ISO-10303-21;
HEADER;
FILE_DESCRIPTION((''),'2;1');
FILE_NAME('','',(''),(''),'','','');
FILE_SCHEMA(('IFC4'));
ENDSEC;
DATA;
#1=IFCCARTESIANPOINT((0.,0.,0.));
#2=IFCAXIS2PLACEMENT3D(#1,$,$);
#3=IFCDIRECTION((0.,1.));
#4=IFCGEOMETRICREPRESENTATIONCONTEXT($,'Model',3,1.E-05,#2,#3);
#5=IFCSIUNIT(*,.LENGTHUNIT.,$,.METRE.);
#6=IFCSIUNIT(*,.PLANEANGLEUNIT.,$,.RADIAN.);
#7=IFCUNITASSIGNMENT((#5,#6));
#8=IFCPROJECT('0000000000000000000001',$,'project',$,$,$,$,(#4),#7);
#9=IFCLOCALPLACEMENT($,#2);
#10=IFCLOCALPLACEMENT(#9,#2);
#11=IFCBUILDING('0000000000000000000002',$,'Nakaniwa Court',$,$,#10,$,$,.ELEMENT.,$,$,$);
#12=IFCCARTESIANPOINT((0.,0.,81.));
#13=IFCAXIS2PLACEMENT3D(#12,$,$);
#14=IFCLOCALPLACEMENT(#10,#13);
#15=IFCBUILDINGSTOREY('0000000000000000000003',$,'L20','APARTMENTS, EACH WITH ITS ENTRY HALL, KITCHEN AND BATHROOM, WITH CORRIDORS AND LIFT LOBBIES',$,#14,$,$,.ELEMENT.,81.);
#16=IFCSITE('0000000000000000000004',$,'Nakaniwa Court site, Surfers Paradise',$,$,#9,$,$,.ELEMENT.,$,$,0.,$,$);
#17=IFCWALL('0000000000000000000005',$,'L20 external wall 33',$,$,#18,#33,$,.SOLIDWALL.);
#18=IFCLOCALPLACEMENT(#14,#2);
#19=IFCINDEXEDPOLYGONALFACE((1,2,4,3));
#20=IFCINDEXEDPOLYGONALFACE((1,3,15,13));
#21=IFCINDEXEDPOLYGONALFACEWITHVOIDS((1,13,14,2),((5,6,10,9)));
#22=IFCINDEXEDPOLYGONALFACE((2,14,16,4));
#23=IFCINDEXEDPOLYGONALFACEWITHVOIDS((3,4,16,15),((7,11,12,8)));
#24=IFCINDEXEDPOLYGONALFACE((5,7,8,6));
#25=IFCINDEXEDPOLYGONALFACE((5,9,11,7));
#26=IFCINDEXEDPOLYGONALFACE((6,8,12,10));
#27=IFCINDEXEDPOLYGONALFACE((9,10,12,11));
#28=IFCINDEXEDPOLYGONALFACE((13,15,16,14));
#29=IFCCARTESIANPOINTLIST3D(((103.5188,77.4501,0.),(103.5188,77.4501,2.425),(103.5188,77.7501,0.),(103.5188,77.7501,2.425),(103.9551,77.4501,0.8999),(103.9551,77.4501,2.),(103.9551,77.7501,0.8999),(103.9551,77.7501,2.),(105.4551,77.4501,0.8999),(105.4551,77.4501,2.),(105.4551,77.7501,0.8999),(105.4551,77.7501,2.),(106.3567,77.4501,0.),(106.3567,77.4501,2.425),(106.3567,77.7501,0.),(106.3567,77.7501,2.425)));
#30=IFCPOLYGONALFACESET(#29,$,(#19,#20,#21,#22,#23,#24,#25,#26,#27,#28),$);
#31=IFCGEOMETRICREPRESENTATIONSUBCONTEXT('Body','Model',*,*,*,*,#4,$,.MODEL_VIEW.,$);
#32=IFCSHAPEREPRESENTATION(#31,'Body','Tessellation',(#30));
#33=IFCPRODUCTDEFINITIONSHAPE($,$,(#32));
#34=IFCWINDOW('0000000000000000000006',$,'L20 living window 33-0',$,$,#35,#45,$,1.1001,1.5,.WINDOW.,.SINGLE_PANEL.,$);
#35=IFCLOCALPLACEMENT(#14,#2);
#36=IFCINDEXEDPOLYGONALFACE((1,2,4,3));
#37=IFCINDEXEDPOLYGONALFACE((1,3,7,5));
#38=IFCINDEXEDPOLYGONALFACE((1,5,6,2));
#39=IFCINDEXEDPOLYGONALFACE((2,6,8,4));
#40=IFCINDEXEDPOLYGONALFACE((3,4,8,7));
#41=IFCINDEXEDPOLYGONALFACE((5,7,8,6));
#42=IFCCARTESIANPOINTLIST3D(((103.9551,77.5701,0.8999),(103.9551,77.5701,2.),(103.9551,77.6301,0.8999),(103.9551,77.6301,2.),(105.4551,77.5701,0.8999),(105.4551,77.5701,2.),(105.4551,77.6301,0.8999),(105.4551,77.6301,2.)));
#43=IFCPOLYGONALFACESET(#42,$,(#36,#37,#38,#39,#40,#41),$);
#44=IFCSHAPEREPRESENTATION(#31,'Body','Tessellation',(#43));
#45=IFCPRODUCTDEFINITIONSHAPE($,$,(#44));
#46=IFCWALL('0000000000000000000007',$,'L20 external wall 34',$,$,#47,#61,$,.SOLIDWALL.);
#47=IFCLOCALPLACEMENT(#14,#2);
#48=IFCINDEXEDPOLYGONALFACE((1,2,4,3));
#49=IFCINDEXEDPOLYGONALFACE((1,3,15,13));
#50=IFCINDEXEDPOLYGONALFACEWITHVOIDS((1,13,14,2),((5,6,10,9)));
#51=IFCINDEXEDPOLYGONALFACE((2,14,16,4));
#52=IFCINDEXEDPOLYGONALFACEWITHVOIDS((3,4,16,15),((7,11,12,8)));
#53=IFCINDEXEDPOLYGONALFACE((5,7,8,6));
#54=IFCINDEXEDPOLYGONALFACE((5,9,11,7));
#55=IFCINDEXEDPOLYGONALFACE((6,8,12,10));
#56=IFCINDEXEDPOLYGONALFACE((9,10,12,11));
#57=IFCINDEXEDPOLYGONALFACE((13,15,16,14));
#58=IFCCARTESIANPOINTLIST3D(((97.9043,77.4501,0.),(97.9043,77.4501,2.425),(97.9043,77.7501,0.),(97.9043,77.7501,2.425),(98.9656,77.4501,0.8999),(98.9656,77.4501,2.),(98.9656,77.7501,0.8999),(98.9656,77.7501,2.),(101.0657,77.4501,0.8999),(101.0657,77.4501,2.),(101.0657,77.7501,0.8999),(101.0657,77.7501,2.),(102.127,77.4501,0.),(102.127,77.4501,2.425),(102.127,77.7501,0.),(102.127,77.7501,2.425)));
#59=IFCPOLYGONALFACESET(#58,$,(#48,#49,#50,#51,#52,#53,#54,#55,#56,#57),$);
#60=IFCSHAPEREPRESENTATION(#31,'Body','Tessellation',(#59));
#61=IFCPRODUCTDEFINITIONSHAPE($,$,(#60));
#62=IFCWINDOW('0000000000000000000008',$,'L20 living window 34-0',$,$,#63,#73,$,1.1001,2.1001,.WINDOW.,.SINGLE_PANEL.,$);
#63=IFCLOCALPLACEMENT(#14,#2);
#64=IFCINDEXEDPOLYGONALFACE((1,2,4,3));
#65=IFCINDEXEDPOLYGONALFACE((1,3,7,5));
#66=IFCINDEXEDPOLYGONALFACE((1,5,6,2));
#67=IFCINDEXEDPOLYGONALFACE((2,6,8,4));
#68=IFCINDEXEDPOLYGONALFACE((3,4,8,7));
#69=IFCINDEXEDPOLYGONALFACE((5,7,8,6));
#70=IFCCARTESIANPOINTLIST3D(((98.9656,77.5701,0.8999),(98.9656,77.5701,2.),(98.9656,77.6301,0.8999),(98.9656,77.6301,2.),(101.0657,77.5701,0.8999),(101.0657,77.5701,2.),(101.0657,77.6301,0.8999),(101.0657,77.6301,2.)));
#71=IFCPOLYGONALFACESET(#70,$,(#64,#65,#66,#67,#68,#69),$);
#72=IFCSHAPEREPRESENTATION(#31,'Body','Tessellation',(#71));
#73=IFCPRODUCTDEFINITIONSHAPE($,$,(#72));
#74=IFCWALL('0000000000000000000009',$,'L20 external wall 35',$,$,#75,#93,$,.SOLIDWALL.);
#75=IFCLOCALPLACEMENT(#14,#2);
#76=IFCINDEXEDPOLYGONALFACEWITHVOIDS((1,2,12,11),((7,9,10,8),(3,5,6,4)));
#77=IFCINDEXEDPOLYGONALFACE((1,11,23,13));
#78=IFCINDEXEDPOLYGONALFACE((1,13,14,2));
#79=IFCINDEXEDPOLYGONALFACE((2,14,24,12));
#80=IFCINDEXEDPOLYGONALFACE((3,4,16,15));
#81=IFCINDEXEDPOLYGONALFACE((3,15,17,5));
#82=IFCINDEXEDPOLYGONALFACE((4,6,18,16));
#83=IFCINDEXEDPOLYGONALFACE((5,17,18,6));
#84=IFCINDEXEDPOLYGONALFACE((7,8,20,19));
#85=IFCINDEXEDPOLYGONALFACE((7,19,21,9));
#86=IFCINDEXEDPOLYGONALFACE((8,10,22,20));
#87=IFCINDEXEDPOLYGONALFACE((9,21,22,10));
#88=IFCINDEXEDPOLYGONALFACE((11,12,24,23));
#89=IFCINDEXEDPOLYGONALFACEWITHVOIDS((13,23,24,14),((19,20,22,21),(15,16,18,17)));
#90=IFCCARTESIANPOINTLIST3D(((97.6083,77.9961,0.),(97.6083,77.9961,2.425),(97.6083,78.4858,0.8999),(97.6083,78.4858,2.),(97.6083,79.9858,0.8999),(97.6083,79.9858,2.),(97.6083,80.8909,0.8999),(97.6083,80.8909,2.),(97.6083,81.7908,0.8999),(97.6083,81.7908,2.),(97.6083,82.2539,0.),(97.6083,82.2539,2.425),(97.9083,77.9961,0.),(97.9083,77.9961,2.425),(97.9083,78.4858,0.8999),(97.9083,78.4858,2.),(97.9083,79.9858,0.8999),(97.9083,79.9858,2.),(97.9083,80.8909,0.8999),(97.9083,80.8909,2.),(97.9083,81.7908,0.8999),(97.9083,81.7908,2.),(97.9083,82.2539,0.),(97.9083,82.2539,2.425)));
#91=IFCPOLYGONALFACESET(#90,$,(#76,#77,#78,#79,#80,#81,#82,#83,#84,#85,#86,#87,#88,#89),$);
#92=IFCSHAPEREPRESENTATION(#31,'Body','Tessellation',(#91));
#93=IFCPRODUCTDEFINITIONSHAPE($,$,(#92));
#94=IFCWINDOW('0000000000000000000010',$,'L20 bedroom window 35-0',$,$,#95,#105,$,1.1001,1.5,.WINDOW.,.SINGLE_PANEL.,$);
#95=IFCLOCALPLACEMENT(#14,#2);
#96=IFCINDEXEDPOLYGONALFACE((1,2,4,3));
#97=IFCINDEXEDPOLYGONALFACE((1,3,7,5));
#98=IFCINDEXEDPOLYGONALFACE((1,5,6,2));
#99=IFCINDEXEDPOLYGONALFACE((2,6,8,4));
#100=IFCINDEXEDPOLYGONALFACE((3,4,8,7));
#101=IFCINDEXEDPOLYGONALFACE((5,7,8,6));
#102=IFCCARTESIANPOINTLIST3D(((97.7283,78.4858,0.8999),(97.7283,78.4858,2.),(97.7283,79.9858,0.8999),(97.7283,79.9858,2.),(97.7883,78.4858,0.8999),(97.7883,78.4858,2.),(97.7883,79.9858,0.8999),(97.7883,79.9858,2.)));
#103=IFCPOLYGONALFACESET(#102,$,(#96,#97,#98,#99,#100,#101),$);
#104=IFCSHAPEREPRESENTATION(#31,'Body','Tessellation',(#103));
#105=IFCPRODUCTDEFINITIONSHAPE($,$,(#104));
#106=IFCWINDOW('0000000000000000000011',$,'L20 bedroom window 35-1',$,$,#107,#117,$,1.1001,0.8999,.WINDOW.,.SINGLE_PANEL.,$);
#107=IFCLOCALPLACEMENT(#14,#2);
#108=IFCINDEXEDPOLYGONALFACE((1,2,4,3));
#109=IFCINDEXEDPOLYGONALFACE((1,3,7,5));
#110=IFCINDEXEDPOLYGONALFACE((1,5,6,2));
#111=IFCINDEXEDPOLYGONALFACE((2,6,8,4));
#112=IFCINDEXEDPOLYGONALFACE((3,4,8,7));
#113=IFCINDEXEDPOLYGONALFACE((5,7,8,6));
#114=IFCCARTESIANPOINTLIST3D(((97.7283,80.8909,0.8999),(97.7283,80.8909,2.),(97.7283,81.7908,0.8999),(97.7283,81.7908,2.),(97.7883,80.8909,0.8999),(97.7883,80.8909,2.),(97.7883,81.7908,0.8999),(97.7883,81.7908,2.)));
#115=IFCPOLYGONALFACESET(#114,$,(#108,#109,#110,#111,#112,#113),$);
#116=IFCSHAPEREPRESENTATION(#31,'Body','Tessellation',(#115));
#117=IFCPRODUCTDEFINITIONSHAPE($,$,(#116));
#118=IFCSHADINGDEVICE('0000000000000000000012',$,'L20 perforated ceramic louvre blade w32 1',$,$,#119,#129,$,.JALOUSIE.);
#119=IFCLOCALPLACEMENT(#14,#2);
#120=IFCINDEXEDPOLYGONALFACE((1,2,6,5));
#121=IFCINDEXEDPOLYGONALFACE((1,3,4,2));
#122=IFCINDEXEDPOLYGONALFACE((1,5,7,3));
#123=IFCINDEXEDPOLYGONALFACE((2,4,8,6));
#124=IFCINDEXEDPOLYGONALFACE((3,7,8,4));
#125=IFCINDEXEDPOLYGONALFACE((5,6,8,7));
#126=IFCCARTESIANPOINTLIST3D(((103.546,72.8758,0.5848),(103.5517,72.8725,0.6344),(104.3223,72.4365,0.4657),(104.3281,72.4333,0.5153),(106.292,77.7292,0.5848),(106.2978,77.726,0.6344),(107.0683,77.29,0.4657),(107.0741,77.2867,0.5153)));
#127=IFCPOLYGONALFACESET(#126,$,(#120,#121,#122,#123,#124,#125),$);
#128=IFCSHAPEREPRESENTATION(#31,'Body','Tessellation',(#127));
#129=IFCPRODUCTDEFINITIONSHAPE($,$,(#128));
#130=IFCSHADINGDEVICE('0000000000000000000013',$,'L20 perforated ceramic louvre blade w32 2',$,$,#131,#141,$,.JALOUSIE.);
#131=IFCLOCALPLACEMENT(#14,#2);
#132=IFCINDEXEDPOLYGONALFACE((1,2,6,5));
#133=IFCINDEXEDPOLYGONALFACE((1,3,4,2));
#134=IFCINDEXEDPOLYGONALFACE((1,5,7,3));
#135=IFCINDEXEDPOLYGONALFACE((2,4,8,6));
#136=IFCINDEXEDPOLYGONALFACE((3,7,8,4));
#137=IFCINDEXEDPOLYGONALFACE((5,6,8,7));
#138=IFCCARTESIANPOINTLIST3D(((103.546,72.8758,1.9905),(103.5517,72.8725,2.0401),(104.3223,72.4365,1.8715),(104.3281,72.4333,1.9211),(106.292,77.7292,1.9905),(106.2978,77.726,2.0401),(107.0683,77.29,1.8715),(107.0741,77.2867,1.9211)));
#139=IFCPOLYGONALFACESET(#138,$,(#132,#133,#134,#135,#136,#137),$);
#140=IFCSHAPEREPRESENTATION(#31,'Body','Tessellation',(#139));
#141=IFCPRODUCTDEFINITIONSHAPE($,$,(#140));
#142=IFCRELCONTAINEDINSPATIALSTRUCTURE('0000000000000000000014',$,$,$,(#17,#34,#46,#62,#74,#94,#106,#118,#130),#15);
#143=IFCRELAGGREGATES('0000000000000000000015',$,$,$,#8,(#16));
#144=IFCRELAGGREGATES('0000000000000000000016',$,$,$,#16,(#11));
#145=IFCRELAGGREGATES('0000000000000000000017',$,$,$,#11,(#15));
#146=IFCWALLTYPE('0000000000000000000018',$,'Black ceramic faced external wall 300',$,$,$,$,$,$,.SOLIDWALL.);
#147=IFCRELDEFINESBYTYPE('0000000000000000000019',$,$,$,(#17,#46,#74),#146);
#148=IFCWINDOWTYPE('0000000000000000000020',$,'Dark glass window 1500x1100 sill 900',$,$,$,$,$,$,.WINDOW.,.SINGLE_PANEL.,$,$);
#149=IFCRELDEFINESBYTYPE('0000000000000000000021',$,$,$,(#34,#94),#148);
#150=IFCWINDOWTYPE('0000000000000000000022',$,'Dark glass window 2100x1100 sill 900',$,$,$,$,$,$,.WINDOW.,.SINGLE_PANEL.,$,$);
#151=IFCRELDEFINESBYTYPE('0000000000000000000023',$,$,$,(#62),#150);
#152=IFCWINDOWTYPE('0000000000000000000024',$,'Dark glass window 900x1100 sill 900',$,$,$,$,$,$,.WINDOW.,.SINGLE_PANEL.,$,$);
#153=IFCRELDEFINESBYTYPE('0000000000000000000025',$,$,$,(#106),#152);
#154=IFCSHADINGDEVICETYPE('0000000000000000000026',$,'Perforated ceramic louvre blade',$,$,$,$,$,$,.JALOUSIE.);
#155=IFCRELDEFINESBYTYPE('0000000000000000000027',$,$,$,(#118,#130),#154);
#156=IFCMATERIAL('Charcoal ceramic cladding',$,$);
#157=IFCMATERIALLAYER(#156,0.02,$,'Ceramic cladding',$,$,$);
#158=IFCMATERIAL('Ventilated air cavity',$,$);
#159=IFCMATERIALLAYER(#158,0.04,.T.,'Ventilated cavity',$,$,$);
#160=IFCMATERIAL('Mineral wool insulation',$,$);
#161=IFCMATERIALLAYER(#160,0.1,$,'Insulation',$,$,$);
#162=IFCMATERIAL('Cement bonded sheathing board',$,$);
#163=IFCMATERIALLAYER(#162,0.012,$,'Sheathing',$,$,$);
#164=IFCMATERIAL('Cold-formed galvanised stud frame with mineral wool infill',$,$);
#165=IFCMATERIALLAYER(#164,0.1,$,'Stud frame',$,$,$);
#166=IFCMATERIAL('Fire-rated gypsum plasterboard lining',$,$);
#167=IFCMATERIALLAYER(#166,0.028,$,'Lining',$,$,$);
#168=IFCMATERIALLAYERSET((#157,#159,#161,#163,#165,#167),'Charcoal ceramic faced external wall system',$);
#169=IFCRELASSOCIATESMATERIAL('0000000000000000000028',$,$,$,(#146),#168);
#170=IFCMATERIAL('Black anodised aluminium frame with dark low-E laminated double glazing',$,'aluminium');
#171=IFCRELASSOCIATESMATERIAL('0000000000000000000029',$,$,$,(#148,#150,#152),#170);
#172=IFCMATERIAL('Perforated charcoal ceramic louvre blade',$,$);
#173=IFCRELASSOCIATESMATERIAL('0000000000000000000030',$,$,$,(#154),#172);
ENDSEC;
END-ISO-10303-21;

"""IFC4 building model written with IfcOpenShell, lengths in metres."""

from ifc_helpers import new_model, si_unit, direction, frame, frame_2d, origin, origin_2d, place, context, subcontext, project, spatial, rectangle, extrude, material, layer, layer_set, material_profile, profile_set, type_object, element, fill, save


model = new_model("IFC4")

# Units and contexts
model_context = context("Model", 3, precision=1e-05, world=origin(), true_north=direction((0.0, 1.0)))
body_context = subcontext(model_context, "Body", "Model", "MODEL_VIEW")
ifc_project = project(units=[si_unit("LENGTHUNIT", "METRE"), si_unit("PLANEANGLEUNIT", "RADIAN")], contexts=[model_context])

# Site, building, storey
site_placement = place(None, origin())
site = spatial("IfcSite", under=ifc_project, at=site_placement, Name="Nakaniwa Court site, Surfers Paradise", CompositionType="ELEMENT", RefElevation=0.0)
building_placement = place(site_placement, origin())
building = spatial("IfcBuilding", under=site, at=building_placement, Name="Nakaniwa Court", CompositionType="ELEMENT")
storey_placement = place(building_placement, frame((0.0, 0.0, 81.0)))
storey = spatial("IfcBuildingStorey", under=building, at=storey_placement, Name="L20", Description="APARTMENTS, EACH WITH ITS ENTRY HALL, KITCHEN AND BATHROOM, WITH CORRIDORS AND LIFT LOBBIES", CompositionType="ELEMENT", Elevation=81.0)

# Shared definitions
ifc_material_1 = material(Name="Charcoal ceramic cladding")
ifc_layer_1 = layer(ifc_material_1, 0.02, Name="Ceramic cladding")
ifc_material_2 = material(Name="Ventilated air cavity")
ifc_layer_2 = layer(ifc_material_2, 0.04, ventilated=True, Name="Ventilated cavity")
ifc_material_3 = material(Name="Mineral wool insulation")
ifc_layer_3 = layer(ifc_material_3, 0.1, Name="Insulation")
ifc_material_4 = material(Name="Cement bonded sheathing board")
ifc_layer_4 = layer(ifc_material_4, 0.012, Name="Sheathing")
ifc_material_5 = material(Name="Cold-formed galvanised stud frame with mineral wool infill")
ifc_layer_5 = layer(ifc_material_5, 0.1, Name="Stud frame")
ifc_material_6 = material(Name="Fire-rated gypsum plasterboard lining")
ifc_layer_6 = layer(ifc_material_6, 0.028, Name="Lining")
ifc_layer_set = layer_set([ifc_layer_1, ifc_layer_2, ifc_layer_3, ifc_layer_4, ifc_layer_5, ifc_layer_6], Name="Charcoal ceramic faced external wall system")
wall_type = type_object("IfcWallType", Name="Black ceramic faced external wall 300", PredefinedType="SOLIDWALL", material=ifc_layer_set)
ifc_material_7 = material(Name="Black anodised aluminium frame with dark low-E laminated double glazing", Category="aluminium")
window_type_1 = type_object("IfcWindowType", Name="Dark glass window 1500x1100 sill 900", PartitioningType="SINGLE_PANEL", PredefinedType="WINDOW", material=ifc_material_7)

# Walls, openings, windows
window_type_2 = type_object("IfcWindowType", Name="Dark glass window 2100x1100 sill 900", PartitioningType="SINGLE_PANEL", PredefinedType="WINDOW", material=ifc_material_7)
wall_1_placement = place(storey_placement, frame((106.3567, 77.6001, 0.0), z_axis=(0.0, 0.0, 1.0), x_axis=(-1.0, 0.0, 0.0)))
wall_1 = element("IfcWall", 1, at=wall_1_placement, inside=storey, type_object=wall_type, Name="L20 external wall 33", PredefinedType="SOLIDWALL", context=body_context, shape_type="SweptSolid", body=[
    extrude(rectangle(XDim=2.8379, YDim=0.3, at=frame_2d((1.4189, 0.0))), origin(), (0.0, 0.0, 1.0), 2.425),
])
opening_1_placement = place(wall_1_placement, frame((0.9016, 0.0, 0.8999)))
opening_1 = element("IfcOpeningElement", 2, at=opening_1_placement, cuts=wall_1, PredefinedType="OPENING", context=body_context, shape_type="SweptSolid", body=[
    extrude(rectangle(XDim=1.5, YDim=1.1001, at=frame_2d((0.75, 0.55))), frame((0.0, 0.1599, 0.0), z_axis=(0.0, -1.0, 0.0), x_axis=(1.0, 0.0, 0.0)), (0.0, 0.0, 1.0), 0.3201),
])
window_1_placement = place(opening_1_placement, origin())
window_1 = element("IfcWindow", 3, at=window_1_placement, inside=storey, type_object=window_type_1, Name="L20 living window 33-0", OverallHeight=1.1001, OverallWidth=1.5, PartitioningType="SINGLE_PANEL", PredefinedType="WINDOW", context=body_context, shape_type="SweptSolid", body=[
    extrude(rectangle(XDim=1.5, YDim=1.1001, at=frame_2d((0.75, 0.55))), frame((0.0, 0.03, 0.0), z_axis=(0.0, -1.0, 0.0), x_axis=(1.0, 0.0, 0.0)), (0.0, 0.0, 1.0), 0.0601),
])
fill(opening_1, window_1)
wall_2_placement = place(storey_placement, frame((102.127, 77.6001, 0.0), z_axis=(0.0, 0.0, 1.0), x_axis=(-1.0, 0.0, 0.0)))
wall_2 = element("IfcWall", 4, at=wall_2_placement, inside=storey, type_object=wall_type, Name="L20 external wall 34", PredefinedType="SOLIDWALL", context=body_context, shape_type="SweptSolid", body=[
    extrude(rectangle(XDim=4.2227, YDim=0.3, at=frame_2d((2.1113, 0.0))), origin(), (0.0, 0.0, 1.0), 2.425),
])
opening_2_placement = place(wall_2_placement, frame((1.0613, 0.0, 0.8999)))
opening_2 = element("IfcOpeningElement", 5, at=opening_2_placement, cuts=wall_2, PredefinedType="OPENING", context=body_context, shape_type="SweptSolid", body=[
    extrude(rectangle(XDim=2.1001, YDim=1.1001, at=frame_2d((1.05, 0.55))), frame((0.0, 0.1599, 0.0), z_axis=(0.0, -1.0, 0.0), x_axis=(1.0, 0.0, 0.0)), (0.0, 0.0, 1.0), 0.3201),
])
window_2_placement = place(opening_2_placement, origin())
window_2 = element("IfcWindow", 6, at=window_2_placement, inside=storey, type_object=window_type_2, Name="L20 living window 34-0", OverallHeight=1.1001, OverallWidth=2.1001, PartitioningType="SINGLE_PANEL", PredefinedType="WINDOW", context=body_context, shape_type="SweptSolid", body=[
    extrude(rectangle(XDim=2.1001, YDim=1.1001, at=frame_2d((1.05, 0.55))), frame((0.0, 0.03, 0.0), z_axis=(0.0, -1.0, 0.0), x_axis=(1.0, 0.0, 0.0)), (0.0, 0.0, 1.0), 0.0601),
])
fill(opening_2, window_2)

# Wall, openings, windows
wall_3_placement = place(storey_placement, frame((97.7583, 77.9961, 0.0), z_axis=(0.0, 0.0, 1.0), x_axis=(0.0, 1.0, 0.0)))
wall_3 = element("IfcWall", 7, at=wall_3_placement, inside=storey, type_object=wall_type, Name="L20 external wall 35", PredefinedType="SOLIDWALL", context=body_context, shape_type="SweptSolid", body=[
    extrude(rectangle(XDim=4.2578, YDim=0.3, at=frame_2d((2.1289, 0.0))), origin(), (0.0, 0.0, 1.0), 2.425),
])
opening_3_placement = place(wall_3_placement, frame((0.4897, 0.0, 0.8999)))
opening_3 = element("IfcOpeningElement", 8, at=opening_3_placement, cuts=wall_3, PredefinedType="OPENING", context=body_context, shape_type="SweptSolid", body=[
    extrude(rectangle(XDim=1.5, YDim=1.1001, at=frame_2d((0.75, 0.55))), frame((0.0, 0.1599, 0.0), z_axis=(0.0, -1.0, 0.0), x_axis=(1.0, 0.0, 0.0)), (0.0, 0.0, 1.0), 0.3201),
])
opening_4_placement = place(wall_3_placement, frame((2.8948, 0.0, 0.8999)))
opening_4 = element("IfcOpeningElement", 9, at=opening_4_placement, cuts=wall_3, PredefinedType="OPENING", context=body_context, shape_type="SweptSolid", body=[
    extrude(rectangle(XDim=0.8999, YDim=1.1001, at=frame_2d((0.45, 0.55))), frame((0.0, 0.1599, 0.0), z_axis=(0.0, -1.0, 0.0), x_axis=(1.0, 0.0, 0.0)), (0.0, 0.0, 1.0), 0.3201),
])
window_3_placement = place(opening_3_placement, origin())
window_3 = element("IfcWindow", 10, at=window_3_placement, inside=storey, type_object=window_type_1, Name="L20 bedroom window 35-0", OverallHeight=1.1001, OverallWidth=1.5, PartitioningType="SINGLE_PANEL", PredefinedType="WINDOW", context=body_context, shape_type="SweptSolid", body=[
    extrude(rectangle(XDim=1.5, YDim=1.1001, at=frame_2d((0.75, 0.55))), frame((0.0, 0.03, 0.0), z_axis=(0.0, -1.0, 0.0), x_axis=(1.0, 0.0, 0.0)), (0.0, 0.0, 1.0), 0.0601),
])
fill(opening_3, window_3)
window_type_3 = type_object("IfcWindowType", Name="Dark glass window 900x1100 sill 900", PartitioningType="SINGLE_PANEL", PredefinedType="WINDOW", material=ifc_material_7)
window_4_placement = place(opening_4_placement, origin())
window_4 = element("IfcWindow", 11, at=window_4_placement, inside=storey, type_object=window_type_3, Name="L20 bedroom window 35-1", OverallHeight=1.1001, OverallWidth=0.8999, PartitioningType="SINGLE_PANEL", PredefinedType="WINDOW", context=body_context, shape_type="SweptSolid", body=[
    extrude(rectangle(XDim=0.8999, YDim=1.1001, at=frame_2d((0.45, 0.55))), frame((0.0, 0.03, 0.0), z_axis=(0.0, -1.0, 0.0), x_axis=(1.0, 0.0, 0.0)), (0.0, 0.0, 1.0), 0.0601),
])
fill(opening_4, window_4)

# Shading devices
ifc_material_8 = material(Name="Perforated charcoal ceramic louvre blade")
ifc_material_profile_1 = material_profile(ifc_material_8, rectangle(XDim=0.8999, YDim=0.05, at=origin_2d()), Name="Perforated ceramic louvre blade")
ifc_profile_set_1 = profile_set([ifc_material_profile_1], Name="Perforated charcoal ceramic louvre blade")
shading_device_type = type_object("IfcShadingDeviceType", Name="Perforated ceramic louvre blade", PredefinedType="JALOUSIE", material=ifc_profile_set_1)
for number, where, z_axis, x_axis, name in (
    (12, (103.937, 72.6545, 0.55), (0.492438, 0.870347, 0.0), (-0.862702, 0.488112, 0.132256), "L20 perforated ceramic louvre blade w32 1"),
    (13, (103.937, 72.6545, 1.9558), (0.492438, 0.870347, 0.0), (-0.862702, 0.488112, 0.132256), "L20 perforated ceramic louvre blade w32 2"),
):
    element("IfcShadingDevice", number, at=place(storey_placement, frame(where, z_axis=z_axis, x_axis=x_axis)), inside=storey, type_object=shading_device_type, Name=name, PredefinedType="JALOUSIE", context=body_context, shape_type="SweptSolid", body=[
        extrude(rectangle(XDim=0.8999, YDim=0.05, at=origin_2d()), origin(), (0.0, 0.0, 1.0), 5.5764),
    ])

save(model, "model.ifc")
